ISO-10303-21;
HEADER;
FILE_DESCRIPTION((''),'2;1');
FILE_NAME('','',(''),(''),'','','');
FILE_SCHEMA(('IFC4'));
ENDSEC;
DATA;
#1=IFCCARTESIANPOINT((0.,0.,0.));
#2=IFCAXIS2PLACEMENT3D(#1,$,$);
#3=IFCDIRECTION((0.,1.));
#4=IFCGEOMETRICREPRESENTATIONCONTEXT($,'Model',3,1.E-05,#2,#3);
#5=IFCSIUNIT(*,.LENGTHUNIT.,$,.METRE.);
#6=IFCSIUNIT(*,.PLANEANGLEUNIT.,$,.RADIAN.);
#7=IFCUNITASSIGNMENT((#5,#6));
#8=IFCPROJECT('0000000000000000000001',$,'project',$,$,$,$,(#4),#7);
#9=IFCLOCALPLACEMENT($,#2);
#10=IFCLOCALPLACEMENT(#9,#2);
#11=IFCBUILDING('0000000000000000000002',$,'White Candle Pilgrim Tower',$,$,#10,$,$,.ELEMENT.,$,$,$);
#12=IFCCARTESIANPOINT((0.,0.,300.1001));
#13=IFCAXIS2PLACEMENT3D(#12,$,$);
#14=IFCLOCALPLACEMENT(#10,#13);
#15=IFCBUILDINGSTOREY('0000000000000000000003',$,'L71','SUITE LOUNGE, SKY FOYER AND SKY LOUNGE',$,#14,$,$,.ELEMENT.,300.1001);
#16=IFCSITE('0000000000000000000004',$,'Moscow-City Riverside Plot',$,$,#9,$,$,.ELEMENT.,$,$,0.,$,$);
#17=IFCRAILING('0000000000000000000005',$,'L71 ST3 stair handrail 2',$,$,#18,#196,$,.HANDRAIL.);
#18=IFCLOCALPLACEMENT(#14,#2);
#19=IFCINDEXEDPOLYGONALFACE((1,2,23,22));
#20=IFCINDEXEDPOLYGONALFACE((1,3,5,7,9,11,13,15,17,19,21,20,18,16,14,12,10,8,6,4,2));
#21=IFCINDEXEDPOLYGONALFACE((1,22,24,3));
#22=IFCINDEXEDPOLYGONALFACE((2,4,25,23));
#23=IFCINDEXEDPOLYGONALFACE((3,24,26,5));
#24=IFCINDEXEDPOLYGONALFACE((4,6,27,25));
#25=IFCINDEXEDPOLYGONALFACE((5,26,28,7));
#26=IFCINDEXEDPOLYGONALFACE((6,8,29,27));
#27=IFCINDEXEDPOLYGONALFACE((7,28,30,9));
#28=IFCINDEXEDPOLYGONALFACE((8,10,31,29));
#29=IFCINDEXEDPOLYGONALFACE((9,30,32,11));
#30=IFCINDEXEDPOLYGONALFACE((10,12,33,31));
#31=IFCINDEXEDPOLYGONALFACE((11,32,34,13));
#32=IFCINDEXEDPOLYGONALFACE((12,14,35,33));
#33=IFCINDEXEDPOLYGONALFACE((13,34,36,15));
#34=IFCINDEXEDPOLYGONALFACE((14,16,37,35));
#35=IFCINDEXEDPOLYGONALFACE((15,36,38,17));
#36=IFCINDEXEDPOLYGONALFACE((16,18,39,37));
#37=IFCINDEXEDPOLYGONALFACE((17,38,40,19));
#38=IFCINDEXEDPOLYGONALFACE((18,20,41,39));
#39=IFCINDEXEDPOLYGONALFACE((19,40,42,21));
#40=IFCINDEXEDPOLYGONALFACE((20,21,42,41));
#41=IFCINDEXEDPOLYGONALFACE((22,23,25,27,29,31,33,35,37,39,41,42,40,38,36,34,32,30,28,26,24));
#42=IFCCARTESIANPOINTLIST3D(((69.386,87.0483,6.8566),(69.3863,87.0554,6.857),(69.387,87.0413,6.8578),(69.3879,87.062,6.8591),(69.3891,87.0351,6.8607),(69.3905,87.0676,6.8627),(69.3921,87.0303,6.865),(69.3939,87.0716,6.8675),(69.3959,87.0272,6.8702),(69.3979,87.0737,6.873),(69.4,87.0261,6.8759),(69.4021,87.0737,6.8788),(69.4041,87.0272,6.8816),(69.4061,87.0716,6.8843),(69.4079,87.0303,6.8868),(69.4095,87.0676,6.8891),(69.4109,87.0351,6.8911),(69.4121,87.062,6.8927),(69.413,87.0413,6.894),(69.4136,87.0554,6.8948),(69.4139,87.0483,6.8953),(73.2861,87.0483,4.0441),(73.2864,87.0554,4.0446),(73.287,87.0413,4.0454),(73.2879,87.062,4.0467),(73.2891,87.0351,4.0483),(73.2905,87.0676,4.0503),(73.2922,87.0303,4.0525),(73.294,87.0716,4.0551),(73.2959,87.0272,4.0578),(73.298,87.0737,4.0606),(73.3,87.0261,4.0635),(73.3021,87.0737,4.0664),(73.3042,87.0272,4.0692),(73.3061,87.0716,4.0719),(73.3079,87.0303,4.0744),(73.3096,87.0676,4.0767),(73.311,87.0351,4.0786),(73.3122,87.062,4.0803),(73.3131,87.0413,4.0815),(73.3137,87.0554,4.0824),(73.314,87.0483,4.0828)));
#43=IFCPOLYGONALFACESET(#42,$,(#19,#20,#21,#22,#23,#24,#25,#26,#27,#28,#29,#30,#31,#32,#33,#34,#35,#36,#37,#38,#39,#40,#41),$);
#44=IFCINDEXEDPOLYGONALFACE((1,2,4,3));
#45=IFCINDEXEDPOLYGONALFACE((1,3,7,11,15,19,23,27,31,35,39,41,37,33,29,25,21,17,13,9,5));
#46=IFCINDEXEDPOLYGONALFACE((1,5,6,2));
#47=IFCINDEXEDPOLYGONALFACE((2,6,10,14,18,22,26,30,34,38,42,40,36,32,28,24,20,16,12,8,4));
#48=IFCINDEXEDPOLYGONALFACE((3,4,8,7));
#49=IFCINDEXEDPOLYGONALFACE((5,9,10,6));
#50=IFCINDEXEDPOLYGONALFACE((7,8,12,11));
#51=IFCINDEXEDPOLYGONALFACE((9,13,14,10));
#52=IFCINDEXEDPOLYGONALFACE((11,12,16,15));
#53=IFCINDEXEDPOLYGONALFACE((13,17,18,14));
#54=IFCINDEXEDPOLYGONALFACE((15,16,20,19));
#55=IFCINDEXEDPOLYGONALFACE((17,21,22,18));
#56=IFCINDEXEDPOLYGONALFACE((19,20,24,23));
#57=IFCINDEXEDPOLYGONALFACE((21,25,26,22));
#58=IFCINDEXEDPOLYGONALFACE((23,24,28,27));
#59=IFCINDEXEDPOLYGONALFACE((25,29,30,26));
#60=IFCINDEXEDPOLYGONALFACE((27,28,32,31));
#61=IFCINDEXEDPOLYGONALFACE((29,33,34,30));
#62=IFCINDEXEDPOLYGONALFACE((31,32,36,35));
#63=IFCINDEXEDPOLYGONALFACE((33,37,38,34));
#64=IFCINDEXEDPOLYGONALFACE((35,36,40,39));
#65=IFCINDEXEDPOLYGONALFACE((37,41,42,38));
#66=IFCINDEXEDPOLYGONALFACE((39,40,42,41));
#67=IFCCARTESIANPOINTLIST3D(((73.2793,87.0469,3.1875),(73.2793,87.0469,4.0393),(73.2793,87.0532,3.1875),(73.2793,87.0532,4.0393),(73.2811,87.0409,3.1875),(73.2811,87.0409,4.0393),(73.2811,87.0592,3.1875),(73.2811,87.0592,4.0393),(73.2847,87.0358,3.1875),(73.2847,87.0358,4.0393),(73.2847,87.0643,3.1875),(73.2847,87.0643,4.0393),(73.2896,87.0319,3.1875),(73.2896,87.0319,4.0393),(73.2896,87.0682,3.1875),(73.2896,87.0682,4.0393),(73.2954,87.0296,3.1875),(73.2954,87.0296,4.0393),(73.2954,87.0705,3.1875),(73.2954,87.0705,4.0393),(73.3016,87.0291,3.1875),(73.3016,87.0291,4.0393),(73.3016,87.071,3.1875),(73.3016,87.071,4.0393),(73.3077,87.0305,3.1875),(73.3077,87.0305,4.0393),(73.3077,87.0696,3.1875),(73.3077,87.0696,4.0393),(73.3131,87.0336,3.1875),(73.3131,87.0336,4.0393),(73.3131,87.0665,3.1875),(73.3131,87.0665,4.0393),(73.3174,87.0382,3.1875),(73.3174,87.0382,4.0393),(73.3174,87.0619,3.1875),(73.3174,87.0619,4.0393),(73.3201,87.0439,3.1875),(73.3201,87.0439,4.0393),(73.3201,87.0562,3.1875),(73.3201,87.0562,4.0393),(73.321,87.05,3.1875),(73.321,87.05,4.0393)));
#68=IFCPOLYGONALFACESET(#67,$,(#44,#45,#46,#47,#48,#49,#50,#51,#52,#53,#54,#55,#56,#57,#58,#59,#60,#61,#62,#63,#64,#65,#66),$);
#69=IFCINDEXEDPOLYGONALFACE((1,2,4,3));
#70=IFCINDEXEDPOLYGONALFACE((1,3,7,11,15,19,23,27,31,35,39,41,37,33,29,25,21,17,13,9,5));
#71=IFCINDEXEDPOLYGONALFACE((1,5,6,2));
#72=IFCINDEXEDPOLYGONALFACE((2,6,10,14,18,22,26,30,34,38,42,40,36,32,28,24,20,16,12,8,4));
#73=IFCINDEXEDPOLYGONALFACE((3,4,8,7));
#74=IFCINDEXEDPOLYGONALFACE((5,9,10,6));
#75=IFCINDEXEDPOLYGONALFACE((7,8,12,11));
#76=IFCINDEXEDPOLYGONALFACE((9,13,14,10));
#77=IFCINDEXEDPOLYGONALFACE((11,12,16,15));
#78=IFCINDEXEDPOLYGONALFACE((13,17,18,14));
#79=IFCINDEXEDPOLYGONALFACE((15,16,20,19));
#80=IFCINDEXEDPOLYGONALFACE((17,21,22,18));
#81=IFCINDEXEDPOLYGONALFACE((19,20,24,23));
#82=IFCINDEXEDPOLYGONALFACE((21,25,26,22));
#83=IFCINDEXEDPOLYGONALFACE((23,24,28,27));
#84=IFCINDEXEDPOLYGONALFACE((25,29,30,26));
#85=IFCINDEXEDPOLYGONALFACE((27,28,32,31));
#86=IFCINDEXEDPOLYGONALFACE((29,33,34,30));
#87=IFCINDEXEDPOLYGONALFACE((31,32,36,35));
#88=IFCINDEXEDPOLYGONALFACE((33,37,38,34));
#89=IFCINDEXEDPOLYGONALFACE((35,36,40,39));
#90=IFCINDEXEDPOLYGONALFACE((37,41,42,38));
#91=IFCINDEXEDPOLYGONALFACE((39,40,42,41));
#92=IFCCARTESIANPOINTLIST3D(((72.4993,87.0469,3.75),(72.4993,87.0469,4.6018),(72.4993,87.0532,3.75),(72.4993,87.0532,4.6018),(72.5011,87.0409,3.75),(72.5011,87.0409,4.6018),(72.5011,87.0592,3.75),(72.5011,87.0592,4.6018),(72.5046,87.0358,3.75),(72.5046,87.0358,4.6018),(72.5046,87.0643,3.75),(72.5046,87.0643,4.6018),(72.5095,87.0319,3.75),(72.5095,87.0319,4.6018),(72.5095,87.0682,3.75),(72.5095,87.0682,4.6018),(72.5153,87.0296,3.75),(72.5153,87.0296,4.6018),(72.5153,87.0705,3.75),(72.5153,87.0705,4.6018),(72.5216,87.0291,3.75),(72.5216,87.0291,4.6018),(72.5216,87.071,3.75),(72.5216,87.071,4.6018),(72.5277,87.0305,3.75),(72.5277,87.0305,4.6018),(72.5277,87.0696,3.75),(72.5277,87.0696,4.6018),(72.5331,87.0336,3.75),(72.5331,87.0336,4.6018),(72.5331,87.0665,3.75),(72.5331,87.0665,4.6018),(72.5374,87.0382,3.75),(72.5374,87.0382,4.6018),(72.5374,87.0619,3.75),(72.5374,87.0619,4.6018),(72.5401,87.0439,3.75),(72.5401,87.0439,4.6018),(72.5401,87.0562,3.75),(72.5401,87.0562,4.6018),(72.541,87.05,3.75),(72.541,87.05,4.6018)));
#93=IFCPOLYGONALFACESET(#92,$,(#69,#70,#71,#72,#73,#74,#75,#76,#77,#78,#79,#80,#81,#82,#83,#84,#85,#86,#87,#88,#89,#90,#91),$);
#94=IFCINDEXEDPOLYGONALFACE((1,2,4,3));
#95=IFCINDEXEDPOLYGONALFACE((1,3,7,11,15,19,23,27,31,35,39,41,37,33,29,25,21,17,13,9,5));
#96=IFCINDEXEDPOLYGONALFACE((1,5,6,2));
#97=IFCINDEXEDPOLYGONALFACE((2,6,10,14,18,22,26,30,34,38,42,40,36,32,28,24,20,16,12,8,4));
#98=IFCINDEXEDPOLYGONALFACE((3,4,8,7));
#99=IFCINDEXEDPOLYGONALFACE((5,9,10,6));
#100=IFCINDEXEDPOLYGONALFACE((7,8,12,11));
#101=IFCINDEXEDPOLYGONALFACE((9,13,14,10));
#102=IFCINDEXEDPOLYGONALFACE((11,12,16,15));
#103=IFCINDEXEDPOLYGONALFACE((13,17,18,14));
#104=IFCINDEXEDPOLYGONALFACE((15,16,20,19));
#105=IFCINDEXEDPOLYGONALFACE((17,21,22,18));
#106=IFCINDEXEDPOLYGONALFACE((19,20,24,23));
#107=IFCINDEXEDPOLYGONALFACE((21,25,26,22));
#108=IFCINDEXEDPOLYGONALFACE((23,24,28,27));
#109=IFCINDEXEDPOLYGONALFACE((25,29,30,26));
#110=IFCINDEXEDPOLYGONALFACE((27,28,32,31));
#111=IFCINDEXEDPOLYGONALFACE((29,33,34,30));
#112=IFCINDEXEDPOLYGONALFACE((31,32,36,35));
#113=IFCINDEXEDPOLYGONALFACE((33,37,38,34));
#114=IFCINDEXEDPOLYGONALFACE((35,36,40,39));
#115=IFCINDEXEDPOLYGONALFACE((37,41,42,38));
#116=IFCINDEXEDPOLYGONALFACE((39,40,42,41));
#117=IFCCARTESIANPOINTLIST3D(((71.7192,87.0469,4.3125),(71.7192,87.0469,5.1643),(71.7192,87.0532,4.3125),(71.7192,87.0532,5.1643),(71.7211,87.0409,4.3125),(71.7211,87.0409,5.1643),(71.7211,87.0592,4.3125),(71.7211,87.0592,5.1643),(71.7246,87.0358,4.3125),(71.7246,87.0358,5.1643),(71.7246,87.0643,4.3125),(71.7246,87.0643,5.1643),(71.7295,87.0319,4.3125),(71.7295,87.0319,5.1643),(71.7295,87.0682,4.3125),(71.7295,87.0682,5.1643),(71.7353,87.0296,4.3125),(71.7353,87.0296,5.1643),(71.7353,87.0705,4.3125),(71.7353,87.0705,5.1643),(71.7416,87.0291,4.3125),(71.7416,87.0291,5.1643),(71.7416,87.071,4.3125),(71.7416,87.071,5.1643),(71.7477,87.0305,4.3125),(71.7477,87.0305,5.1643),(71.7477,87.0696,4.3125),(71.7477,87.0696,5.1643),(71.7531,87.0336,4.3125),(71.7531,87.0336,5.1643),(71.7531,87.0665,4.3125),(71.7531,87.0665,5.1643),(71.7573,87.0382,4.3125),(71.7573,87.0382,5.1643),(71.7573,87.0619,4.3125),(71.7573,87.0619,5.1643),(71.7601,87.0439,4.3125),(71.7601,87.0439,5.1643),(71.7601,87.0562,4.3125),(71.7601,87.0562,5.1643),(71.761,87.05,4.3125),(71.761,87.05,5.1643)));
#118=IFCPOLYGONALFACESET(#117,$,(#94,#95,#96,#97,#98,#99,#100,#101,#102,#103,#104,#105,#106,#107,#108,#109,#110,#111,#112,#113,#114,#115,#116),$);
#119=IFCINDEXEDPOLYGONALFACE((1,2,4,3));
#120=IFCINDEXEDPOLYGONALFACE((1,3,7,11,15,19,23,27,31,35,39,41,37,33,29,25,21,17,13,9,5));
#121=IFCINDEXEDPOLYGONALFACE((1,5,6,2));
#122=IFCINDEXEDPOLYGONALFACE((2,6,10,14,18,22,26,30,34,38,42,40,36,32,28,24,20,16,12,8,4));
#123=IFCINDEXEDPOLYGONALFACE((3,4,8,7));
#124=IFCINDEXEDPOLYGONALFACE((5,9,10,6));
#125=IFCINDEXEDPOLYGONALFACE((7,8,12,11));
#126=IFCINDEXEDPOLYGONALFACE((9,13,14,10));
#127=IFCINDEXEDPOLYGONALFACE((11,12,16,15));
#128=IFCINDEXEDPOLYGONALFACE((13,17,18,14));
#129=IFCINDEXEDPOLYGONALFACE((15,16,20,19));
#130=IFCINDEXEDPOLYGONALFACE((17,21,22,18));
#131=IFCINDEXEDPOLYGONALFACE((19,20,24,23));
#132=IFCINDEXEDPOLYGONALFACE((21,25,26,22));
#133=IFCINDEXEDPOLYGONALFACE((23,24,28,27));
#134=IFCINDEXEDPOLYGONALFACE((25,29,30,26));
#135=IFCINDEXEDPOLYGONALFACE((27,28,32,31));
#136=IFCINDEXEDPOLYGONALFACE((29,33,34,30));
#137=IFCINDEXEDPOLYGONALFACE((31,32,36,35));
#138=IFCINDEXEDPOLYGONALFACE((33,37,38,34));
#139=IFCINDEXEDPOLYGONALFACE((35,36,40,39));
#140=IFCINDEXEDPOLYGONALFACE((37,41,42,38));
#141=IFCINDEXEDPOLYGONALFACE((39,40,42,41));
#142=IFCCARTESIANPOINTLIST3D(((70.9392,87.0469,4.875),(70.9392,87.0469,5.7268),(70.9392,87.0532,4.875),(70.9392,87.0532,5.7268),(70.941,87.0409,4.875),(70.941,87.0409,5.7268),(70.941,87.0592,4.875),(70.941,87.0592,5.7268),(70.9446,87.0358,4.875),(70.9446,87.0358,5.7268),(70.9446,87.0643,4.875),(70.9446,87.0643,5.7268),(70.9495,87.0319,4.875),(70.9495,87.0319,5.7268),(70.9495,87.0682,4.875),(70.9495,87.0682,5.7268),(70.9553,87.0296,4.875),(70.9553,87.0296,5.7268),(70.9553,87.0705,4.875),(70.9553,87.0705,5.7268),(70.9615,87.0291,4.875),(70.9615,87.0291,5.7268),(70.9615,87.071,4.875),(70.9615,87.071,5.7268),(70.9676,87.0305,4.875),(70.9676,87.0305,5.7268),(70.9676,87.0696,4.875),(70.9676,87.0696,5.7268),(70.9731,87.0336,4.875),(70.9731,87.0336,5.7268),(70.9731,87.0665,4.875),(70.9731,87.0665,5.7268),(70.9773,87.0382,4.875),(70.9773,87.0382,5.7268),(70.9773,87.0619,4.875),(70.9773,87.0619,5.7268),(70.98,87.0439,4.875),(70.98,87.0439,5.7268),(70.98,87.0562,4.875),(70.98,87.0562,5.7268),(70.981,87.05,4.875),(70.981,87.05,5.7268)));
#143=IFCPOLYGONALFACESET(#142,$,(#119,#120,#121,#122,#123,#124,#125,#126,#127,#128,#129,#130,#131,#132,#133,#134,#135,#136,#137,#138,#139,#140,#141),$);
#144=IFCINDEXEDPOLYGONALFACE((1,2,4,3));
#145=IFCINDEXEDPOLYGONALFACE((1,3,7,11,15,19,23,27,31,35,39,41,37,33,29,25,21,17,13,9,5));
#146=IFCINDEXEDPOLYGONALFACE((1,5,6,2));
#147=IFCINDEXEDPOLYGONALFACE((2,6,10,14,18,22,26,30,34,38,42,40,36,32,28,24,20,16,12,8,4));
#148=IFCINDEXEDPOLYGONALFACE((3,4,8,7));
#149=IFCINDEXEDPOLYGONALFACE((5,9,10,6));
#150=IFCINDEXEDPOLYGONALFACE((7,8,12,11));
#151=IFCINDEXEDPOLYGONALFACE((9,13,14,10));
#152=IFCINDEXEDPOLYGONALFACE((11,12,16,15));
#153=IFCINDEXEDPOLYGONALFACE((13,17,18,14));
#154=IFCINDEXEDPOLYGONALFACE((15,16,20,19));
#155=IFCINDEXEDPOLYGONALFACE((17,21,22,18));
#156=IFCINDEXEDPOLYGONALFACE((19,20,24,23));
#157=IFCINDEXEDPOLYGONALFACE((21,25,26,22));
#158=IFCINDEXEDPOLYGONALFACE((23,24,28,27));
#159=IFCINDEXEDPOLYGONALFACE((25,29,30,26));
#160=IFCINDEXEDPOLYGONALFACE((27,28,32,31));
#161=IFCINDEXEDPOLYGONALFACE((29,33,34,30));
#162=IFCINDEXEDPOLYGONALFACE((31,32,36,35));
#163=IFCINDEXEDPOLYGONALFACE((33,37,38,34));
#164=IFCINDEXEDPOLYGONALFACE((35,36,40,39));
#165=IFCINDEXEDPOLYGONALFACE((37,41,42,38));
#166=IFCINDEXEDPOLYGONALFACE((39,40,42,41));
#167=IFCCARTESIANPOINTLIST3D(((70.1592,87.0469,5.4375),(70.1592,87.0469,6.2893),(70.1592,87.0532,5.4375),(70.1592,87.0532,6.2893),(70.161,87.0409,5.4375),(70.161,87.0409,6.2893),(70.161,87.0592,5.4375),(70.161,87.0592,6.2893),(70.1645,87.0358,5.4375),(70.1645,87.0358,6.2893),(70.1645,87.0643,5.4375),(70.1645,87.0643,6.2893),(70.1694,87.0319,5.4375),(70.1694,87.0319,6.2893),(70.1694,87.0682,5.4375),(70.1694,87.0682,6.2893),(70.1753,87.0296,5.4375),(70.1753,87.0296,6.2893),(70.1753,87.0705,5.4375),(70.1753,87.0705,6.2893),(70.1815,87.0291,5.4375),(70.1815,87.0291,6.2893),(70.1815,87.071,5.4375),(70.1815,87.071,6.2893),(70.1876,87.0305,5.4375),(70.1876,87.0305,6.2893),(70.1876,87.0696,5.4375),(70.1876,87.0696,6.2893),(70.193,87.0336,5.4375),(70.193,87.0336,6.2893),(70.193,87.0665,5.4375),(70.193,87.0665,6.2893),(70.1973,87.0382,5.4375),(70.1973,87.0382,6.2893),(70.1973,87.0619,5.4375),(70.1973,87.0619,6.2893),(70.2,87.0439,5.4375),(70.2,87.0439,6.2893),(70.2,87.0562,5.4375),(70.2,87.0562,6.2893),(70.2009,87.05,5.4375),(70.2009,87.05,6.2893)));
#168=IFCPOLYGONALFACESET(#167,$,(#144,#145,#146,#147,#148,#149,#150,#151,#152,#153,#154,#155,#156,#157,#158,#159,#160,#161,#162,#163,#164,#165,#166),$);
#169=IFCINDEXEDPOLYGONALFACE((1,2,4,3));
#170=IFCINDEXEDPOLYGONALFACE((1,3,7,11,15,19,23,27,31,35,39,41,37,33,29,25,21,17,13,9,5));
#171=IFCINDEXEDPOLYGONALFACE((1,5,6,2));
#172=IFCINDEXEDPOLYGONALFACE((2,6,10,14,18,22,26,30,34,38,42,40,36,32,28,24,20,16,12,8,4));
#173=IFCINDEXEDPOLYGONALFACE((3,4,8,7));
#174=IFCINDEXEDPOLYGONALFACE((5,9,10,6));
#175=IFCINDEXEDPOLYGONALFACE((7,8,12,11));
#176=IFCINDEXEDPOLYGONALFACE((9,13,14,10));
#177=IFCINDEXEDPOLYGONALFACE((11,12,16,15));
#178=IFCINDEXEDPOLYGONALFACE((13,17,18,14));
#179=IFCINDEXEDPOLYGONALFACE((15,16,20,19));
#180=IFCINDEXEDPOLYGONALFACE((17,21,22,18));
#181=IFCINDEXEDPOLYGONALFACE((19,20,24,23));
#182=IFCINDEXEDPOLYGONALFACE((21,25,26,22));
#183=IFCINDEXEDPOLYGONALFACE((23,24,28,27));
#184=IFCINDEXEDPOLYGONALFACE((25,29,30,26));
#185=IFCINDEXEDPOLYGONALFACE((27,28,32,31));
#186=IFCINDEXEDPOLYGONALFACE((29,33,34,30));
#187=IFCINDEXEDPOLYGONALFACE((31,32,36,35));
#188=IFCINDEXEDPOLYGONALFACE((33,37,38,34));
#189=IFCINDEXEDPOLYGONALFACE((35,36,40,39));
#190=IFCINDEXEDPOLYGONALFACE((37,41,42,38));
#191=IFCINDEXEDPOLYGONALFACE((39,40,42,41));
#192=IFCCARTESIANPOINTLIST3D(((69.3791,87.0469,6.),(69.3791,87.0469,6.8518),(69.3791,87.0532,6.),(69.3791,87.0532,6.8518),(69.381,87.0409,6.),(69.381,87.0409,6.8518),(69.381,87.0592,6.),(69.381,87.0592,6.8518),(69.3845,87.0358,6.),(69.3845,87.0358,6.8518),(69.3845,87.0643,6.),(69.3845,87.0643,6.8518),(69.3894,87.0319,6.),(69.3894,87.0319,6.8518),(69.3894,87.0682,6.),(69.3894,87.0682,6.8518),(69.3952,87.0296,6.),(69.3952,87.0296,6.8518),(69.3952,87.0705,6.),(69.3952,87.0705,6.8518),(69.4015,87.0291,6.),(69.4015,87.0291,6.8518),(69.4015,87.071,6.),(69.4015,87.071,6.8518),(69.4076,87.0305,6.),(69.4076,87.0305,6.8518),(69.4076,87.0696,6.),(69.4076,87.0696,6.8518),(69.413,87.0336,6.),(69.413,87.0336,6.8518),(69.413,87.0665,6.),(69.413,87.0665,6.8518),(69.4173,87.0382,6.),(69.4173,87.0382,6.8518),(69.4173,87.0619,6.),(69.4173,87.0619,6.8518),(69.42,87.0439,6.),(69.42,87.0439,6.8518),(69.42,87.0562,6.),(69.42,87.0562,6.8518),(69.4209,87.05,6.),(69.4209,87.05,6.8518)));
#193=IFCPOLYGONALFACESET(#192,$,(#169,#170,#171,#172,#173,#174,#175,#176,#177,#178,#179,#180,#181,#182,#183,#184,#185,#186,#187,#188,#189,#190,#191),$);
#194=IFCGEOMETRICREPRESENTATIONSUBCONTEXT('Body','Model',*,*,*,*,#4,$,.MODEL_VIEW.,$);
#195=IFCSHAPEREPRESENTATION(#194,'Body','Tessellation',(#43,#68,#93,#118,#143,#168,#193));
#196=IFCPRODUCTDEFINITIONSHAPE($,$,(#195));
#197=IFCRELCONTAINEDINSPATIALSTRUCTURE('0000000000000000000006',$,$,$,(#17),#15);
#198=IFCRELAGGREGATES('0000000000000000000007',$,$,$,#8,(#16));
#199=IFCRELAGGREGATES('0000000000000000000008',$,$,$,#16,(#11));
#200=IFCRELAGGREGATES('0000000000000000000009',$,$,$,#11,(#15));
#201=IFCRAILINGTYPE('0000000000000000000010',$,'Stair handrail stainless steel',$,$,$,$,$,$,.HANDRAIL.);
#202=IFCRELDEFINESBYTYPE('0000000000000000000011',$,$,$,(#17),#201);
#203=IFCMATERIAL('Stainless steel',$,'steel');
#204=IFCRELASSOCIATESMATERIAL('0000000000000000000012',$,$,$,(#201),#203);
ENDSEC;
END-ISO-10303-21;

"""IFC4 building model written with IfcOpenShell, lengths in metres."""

from ifc_helpers import new_model, si_unit, direction, frame, origin, origin_2d, place, context, subcontext, project, spatial, circle, extrude, material, type_object, element, save


model = new_model("IFC4")

# Units and contexts
model_context = context("Model", 3, precision=1e-05, world=origin(), true_north=direction((0.0, 1.0)))
body_context = subcontext(model_context, "Body", "Model", "MODEL_VIEW")
ifc_project = project(units=[si_unit("LENGTHUNIT", "METRE"), si_unit("PLANEANGLEUNIT", "RADIAN")], contexts=[model_context])

# Site, building, storey
site_placement = place(None, origin())
site = spatial("IfcSite", under=ifc_project, at=site_placement, Name="Moscow-City Riverside Plot", CompositionType="ELEMENT", RefElevation=0.0)
building_placement = place(site_placement, origin())
building = spatial("IfcBuilding", under=site, at=building_placement, Name="White Candle Pilgrim Tower", CompositionType="ELEMENT")
storey_placement = place(building_placement, frame((0.0, 0.0, 300.1001)))
storey = spatial("IfcBuildingStorey", under=building, at=storey_placement, Name="L71", Description="SUITE LOUNGE, SKY FOYER AND SKY LOUNGE", CompositionType="ELEMENT", Elevation=300.1001)

# Railing
ifc_material_1 = material(Name="Stainless steel", Category="steel")
railing_type_1 = type_object("IfcRailingType", Name="Stair handrail stainless steel", PredefinedType="HANDRAIL", material=ifc_material_1)
railing_1_placement = place(storey_placement, frame((73.3, 87.05, 3.1875)))
element("IfcRailing", 1, at=railing_1_placement, inside=storey, type_object=railing_type_1, Name="L71 ST3 stair handrail 2", PredefinedType="HANDRAIL", context=body_context, shape_type="SweptSolid", body=[
    extrude(circle(Radius=0.0239, at=origin_2d()), frame((0.0, 0.0, 0.876), z_axis=(-0.811101, 0.0, 0.584906), x_axis=(0.0, -1.0, 0.0)), (0.0, 0.0, 1.0), 4.8083),
    extrude(circle(Radius=0.021, at=origin_2d()), origin(), (0.0, 0.0, 1.0), 0.8518),
    extrude(circle(Radius=0.021, at=origin_2d()), frame((-0.78, 0.0, 0.5625)), (0.0, 0.0, 1.0), 0.8518),
    extrude(circle(Radius=0.021, at=origin_2d()), frame((-1.5601, 0.0, 1.125)), (0.0, 0.0, 1.0), 0.8518),
    extrude(circle(Radius=0.021, at=origin_2d()), frame((-2.3401, 0.0, 1.6875)), (0.0, 0.0, 1.0), 0.8518),
    extrude(circle(Radius=0.021, at=origin_2d()), frame((-3.1201, 0.0, 2.25)), (0.0, 0.0, 1.0), 0.8518),
    extrude(circle(Radius=0.021, at=origin_2d()), frame((-3.9001, 0.0, 2.8125)), (0.0, 0.0, 1.0), 0.8518),
])

save(model, "model.ifc")
